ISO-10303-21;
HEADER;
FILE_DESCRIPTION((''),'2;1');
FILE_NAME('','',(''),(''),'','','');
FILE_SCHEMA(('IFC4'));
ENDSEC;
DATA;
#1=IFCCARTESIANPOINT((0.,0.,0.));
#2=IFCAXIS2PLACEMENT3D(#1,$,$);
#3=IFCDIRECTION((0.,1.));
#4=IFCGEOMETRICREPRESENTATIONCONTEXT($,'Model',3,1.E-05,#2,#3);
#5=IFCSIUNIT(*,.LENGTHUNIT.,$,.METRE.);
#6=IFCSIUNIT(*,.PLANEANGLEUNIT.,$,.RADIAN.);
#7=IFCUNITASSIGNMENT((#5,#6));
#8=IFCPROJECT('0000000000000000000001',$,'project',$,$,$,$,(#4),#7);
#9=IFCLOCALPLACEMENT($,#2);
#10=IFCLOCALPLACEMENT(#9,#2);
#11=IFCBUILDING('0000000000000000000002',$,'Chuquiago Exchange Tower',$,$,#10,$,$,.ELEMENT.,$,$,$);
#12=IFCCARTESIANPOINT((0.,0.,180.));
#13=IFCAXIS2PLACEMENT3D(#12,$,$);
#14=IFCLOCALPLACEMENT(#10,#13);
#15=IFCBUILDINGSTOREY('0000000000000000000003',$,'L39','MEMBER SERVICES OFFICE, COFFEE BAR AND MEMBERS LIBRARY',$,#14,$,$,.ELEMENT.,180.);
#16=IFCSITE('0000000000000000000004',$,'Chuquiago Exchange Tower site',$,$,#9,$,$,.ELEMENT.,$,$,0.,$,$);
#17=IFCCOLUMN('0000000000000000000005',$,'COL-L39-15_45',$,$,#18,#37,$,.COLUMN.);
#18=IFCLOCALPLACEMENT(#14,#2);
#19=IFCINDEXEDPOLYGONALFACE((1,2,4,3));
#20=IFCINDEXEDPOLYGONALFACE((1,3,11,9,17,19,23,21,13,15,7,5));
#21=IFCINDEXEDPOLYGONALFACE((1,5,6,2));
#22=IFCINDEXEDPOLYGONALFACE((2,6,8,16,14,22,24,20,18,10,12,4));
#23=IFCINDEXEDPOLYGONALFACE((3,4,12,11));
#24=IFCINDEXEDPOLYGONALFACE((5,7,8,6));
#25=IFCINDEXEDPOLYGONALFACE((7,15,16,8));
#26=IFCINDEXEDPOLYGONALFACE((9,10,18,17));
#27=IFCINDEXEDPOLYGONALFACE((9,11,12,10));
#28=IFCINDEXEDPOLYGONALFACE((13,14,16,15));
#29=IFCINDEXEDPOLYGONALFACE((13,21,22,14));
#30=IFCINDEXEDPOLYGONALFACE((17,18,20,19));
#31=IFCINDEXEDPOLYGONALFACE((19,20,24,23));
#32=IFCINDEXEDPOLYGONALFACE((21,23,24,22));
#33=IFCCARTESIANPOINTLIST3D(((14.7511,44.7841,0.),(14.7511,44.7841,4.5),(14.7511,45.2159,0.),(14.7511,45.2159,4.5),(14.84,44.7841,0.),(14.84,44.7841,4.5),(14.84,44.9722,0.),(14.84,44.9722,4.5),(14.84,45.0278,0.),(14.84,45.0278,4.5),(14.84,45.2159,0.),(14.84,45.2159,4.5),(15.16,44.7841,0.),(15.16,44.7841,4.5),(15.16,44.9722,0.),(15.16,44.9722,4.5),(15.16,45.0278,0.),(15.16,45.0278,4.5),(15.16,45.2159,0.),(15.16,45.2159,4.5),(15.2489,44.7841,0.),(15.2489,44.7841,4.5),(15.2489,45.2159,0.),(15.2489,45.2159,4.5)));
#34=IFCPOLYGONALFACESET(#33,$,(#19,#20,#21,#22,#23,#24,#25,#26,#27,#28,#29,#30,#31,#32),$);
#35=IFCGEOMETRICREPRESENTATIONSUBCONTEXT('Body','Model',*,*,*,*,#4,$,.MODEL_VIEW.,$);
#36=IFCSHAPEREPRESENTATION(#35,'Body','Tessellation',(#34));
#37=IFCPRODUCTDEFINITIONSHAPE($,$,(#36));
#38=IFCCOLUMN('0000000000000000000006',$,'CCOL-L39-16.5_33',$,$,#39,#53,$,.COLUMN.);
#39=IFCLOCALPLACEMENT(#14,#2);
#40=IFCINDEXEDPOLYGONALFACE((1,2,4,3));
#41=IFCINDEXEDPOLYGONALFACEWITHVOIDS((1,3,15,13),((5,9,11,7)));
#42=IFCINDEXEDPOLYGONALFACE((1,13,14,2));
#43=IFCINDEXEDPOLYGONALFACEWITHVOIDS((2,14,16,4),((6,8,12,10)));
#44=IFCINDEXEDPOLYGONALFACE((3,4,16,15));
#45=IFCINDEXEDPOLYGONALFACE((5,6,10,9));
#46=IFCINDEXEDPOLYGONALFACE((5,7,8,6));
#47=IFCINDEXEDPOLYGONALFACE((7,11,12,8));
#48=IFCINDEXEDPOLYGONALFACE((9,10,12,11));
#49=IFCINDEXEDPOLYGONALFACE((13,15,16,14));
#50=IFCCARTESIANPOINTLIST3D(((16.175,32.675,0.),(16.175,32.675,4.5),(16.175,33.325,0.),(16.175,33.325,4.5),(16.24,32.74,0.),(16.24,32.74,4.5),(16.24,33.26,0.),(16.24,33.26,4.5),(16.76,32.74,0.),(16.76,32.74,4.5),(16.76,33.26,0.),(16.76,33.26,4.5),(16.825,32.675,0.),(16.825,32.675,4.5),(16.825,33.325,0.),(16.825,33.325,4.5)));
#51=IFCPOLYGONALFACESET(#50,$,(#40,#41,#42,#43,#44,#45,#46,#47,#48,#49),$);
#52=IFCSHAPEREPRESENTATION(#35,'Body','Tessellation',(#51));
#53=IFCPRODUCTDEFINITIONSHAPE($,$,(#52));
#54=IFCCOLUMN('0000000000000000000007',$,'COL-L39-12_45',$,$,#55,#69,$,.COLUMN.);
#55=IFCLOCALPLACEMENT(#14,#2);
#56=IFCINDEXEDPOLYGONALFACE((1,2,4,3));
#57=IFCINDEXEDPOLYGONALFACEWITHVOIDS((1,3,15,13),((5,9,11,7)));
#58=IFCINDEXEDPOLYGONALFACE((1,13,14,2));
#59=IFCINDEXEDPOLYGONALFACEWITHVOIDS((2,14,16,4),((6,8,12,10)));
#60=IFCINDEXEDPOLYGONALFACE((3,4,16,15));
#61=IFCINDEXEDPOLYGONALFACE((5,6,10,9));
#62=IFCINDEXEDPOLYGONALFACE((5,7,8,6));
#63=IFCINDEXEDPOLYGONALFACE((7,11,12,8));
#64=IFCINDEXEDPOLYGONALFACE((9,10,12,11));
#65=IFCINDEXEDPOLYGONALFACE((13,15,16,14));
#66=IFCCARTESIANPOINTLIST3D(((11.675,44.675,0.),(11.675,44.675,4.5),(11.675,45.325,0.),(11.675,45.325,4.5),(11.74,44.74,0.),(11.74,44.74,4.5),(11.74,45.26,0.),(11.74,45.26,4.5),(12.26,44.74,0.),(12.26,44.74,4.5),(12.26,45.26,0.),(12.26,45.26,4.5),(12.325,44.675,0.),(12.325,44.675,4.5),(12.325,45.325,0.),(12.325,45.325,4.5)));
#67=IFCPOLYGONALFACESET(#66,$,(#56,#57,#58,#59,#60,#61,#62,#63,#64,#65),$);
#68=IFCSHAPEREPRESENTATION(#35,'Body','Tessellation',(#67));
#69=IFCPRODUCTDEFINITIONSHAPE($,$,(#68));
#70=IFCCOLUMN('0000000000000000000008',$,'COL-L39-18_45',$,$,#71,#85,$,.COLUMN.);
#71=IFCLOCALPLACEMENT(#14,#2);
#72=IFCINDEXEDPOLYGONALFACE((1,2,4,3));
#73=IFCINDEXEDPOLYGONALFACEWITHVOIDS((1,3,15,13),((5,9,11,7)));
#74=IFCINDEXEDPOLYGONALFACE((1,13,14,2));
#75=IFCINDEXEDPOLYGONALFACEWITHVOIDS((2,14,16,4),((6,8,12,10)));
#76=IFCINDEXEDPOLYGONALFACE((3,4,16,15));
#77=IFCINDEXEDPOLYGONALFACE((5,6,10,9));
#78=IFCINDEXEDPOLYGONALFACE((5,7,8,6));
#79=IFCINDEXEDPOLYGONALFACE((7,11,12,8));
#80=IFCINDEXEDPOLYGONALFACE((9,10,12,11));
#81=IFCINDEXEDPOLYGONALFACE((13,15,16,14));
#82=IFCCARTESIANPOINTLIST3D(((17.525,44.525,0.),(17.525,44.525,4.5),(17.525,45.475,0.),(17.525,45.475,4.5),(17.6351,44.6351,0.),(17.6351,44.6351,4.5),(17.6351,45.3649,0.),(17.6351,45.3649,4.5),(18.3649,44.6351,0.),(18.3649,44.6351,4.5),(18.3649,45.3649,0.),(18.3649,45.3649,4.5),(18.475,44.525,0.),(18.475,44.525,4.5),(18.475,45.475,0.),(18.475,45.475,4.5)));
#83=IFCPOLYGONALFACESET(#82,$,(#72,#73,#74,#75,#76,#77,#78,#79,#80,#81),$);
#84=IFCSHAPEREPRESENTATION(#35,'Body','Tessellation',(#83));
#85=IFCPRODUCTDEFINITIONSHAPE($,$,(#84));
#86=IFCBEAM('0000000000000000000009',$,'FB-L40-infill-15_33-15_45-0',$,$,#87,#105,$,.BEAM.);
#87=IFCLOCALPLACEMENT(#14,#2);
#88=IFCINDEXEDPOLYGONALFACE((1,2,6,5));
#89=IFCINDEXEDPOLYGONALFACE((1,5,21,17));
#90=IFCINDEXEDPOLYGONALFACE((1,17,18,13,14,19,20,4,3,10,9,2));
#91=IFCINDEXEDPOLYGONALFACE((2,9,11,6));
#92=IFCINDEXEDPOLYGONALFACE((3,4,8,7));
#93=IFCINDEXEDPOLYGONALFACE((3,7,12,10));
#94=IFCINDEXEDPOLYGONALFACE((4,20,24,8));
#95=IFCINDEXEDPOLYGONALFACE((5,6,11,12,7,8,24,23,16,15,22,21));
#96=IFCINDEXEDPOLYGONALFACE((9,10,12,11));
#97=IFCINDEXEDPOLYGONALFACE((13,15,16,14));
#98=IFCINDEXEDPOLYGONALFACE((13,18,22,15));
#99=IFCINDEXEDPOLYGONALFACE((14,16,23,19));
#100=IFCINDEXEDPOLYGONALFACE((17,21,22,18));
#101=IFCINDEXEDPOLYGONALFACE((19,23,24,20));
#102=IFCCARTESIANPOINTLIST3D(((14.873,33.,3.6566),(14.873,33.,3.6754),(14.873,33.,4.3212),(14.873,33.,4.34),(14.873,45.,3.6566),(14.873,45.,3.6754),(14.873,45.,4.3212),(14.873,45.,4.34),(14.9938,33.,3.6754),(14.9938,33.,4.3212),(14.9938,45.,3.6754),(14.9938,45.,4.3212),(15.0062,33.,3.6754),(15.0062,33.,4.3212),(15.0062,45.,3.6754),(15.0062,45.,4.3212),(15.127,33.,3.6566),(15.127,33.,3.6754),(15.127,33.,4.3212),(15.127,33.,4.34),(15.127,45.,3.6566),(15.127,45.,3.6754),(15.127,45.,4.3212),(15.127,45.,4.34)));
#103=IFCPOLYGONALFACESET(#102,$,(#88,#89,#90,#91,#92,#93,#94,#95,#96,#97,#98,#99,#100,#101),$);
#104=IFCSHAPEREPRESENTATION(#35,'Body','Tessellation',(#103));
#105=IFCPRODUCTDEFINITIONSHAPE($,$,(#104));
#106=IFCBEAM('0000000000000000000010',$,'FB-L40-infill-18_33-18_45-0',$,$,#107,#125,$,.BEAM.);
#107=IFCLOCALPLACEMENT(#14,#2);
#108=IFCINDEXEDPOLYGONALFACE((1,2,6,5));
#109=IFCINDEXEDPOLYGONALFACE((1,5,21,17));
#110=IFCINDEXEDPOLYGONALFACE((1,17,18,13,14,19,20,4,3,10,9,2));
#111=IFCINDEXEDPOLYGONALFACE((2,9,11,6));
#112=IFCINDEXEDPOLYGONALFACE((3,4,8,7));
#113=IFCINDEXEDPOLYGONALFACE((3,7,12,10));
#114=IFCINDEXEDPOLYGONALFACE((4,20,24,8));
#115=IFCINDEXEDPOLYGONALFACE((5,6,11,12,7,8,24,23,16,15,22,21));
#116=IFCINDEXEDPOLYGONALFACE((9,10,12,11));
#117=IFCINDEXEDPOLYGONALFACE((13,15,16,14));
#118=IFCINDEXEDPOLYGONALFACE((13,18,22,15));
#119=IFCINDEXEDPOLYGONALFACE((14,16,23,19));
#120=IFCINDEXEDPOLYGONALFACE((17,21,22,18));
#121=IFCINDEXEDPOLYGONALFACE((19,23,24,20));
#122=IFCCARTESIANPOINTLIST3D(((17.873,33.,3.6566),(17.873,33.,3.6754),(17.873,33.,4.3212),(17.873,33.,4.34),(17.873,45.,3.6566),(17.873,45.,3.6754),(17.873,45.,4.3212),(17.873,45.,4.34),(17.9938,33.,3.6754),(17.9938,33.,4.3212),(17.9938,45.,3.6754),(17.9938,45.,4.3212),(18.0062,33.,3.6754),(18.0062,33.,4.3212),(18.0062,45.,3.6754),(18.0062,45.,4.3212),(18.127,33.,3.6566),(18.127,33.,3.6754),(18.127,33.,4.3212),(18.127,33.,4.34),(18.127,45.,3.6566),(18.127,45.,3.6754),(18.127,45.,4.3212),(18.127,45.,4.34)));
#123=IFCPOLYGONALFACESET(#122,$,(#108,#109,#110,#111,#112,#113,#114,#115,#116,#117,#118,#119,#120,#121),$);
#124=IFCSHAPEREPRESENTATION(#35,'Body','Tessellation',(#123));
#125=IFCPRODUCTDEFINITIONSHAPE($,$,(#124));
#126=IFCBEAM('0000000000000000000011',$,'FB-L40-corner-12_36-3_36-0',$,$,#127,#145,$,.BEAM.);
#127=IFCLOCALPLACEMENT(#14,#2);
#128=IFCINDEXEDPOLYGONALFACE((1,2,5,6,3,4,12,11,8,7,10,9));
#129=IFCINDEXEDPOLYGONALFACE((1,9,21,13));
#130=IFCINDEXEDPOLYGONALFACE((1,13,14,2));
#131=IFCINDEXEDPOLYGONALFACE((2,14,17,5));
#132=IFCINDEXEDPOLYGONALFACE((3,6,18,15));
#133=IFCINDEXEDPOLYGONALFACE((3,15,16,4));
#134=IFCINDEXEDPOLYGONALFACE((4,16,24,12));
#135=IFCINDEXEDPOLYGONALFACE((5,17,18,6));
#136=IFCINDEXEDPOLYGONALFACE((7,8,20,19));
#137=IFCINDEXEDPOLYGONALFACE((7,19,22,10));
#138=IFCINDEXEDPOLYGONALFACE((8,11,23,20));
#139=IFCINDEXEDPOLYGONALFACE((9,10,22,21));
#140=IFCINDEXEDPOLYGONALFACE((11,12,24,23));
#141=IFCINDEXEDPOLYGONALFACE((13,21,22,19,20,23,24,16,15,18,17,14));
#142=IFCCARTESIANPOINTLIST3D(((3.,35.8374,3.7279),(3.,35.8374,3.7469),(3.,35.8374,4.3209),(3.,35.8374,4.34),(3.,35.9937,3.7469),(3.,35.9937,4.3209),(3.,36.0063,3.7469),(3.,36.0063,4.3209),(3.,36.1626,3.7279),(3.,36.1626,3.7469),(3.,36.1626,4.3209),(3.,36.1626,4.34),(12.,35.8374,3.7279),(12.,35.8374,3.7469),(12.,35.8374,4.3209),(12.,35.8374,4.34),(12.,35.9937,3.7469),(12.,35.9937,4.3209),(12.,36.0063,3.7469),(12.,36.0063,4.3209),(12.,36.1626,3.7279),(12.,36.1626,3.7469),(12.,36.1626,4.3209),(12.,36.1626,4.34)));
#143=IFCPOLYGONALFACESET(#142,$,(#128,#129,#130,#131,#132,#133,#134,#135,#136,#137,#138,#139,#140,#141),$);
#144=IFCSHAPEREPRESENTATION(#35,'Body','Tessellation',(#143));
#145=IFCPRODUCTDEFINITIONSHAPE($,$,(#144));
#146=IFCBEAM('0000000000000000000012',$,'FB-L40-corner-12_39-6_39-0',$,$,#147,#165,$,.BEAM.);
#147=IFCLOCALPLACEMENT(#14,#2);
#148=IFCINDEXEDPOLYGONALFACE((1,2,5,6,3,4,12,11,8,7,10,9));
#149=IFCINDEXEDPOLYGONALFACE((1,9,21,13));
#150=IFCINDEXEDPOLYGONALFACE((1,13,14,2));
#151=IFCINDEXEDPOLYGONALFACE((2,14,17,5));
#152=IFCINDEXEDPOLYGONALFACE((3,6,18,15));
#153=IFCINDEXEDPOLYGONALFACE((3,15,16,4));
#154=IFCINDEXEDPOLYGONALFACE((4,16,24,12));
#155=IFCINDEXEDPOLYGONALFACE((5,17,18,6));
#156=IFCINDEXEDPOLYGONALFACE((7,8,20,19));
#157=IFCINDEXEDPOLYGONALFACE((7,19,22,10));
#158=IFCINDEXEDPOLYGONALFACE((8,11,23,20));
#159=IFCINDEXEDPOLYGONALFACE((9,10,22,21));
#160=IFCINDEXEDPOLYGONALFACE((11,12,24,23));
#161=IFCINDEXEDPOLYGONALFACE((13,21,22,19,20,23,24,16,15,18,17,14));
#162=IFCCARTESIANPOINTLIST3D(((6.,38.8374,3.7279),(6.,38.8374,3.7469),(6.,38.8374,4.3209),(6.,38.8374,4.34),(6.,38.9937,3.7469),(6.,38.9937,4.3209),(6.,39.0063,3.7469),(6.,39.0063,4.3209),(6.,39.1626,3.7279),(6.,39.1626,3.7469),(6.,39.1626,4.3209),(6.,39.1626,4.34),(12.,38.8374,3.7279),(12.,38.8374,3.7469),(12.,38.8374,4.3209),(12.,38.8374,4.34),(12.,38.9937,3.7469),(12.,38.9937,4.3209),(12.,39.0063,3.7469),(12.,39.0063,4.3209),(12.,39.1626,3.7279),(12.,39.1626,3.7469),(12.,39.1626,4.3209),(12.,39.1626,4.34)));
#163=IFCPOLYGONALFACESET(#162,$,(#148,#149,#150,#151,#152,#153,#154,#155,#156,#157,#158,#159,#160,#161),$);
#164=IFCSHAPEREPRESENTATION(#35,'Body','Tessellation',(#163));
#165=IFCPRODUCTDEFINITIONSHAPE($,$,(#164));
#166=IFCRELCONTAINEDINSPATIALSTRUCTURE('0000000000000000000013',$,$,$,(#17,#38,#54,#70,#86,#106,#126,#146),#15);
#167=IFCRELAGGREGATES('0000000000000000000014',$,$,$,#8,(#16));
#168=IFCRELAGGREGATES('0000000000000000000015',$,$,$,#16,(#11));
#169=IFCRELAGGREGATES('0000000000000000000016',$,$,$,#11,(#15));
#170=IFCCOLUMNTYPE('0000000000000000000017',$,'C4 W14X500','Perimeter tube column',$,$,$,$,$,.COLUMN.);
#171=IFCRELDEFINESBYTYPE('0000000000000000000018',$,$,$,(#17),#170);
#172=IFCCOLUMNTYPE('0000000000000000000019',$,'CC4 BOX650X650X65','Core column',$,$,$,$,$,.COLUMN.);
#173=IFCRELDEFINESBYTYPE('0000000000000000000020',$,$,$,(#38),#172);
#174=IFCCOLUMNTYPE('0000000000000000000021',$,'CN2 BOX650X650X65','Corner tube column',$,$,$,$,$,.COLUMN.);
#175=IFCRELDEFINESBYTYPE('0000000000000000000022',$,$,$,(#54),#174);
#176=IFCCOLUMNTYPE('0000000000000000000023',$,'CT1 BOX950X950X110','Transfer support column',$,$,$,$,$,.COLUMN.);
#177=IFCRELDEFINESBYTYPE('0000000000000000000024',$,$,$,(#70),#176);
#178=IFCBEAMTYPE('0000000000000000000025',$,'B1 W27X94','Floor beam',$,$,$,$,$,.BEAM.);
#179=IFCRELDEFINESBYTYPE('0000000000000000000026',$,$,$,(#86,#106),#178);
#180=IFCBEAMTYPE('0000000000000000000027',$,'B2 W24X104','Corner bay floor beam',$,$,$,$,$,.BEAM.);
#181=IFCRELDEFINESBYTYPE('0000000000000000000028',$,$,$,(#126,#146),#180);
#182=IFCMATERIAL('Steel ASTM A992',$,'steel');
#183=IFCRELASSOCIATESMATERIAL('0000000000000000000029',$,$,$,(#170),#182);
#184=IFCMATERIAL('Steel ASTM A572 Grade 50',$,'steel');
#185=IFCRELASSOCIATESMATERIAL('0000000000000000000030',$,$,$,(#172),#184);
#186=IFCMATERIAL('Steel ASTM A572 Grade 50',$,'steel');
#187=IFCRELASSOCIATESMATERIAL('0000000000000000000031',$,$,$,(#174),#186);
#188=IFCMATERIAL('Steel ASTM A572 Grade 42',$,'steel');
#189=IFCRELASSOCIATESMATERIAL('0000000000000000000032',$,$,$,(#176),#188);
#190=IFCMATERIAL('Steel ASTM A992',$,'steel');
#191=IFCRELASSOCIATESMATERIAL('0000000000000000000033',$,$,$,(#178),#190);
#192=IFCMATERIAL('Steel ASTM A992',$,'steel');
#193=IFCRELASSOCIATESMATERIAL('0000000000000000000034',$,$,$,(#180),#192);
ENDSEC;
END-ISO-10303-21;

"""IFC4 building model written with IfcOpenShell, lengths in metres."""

from ifc_helpers import new_model, si_unit, direction, frame, origin, origin_2d, place, context, subcontext, project, spatial, hollow_rectangle, i_section, extrude, material, material_profile, profile_set, type_object, element, save


model = new_model("IFC4")

# Units and contexts
model_context = context("Model", 3, precision=1e-05, world=origin(), true_north=direction((0.0, 1.0)))
body_context = subcontext(model_context, "Body", "Model", "MODEL_VIEW")
ifc_project = project(units=[si_unit("LENGTHUNIT", "METRE"), si_unit("PLANEANGLEUNIT", "RADIAN")], contexts=[model_context])

# Site, building, storey
site_placement = place(None, origin())
site = spatial("IfcSite", under=ifc_project, at=site_placement, Name="Chuquiago Exchange Tower site", CompositionType="ELEMENT", RefElevation=0.0)
building_placement = place(site_placement, origin())
building = spatial("IfcBuilding", under=site, at=building_placement, Name="Chuquiago Exchange Tower", CompositionType="ELEMENT")
storey_placement = place(building_placement, frame((0.0, 0.0, 180.0)))
storey = spatial("IfcBuildingStorey", under=building, at=storey_placement, Name="L39", Description="MEMBER SERVICES OFFICE, COFFEE BAR AND MEMBERS LIBRARY", CompositionType="ELEMENT", Elevation=180.0)

# Columns
ifc_material_1 = material(Name="Steel ASTM A992", Category="steel")
ifc_material_profile_1 = material_profile(ifc_material_1, i_section(OverallWidth=0.4319, OverallDepth=0.4978, WebThickness=0.0557, FlangeThickness=0.0889, at=origin_2d()), Name="W14X500")
ifc_profile_set_1 = profile_set([ifc_material_profile_1], Name="Steel ASTM A992")
column_type_1 = type_object("IfcColumnType", Name="C4 W14X500", Description="Perimeter tube column", PredefinedType="COLUMN", material=ifc_profile_set_1)
column_1_placement = place(storey_placement, frame((15.0, 45.0, 0.0), z_axis=(0.0, 0.0, 1.0), x_axis=(0.0, 1.0, 0.0)))
element("IfcColumn", 1, at=column_1_placement, inside=storey, type_object=column_type_1, Name="COL-L39-15_45", PredefinedType="COLUMN", context=body_context, shape_type="SweptSolid", body=[
    extrude(i_section(OverallWidth=0.4319, OverallDepth=0.4978, WebThickness=0.0557, FlangeThickness=0.0889, at=origin_2d()), origin(), (0.0, 0.0, 1.0), 4.5),
])
ifc_material_2 = material(Name="Steel ASTM A572 Grade 50", Category="steel")
ifc_material_profile_2 = material_profile(ifc_material_2, hollow_rectangle(XDim=0.6499, YDim=0.6499, WallThickness=0.0649, at=origin_2d()), Name="BOX650X650X65")
ifc_profile_set_2 = profile_set([ifc_material_profile_2], Name="Steel ASTM A572 Grade 50")
column_type_2 = type_object("IfcColumnType", Name="CC4 BOX650X650X65", Description="Core column", PredefinedType="COLUMN", material=ifc_profile_set_2)
column_2_placement = place(storey_placement, frame((16.5, 33.0, 0.0), z_axis=(0.0, 0.0, 1.0), x_axis=(1.0, 0.0, 0.0)))
element("IfcColumn", 2, at=column_2_placement, inside=storey, type_object=column_type_2, Name="CCOL-L39-16.5_33", PredefinedType="COLUMN", context=body_context, shape_type="SweptSolid", body=[
    extrude(hollow_rectangle(XDim=0.6499, YDim=0.6499, WallThickness=0.0649, at=origin_2d()), origin(), (0.0, 0.0, 1.0), 4.5),
])
ifc_material_3 = material(Name="Steel ASTM A572 Grade 50", Category="steel")
ifc_material_profile_3 = material_profile(ifc_material_3, hollow_rectangle(XDim=0.6499, YDim=0.6499, WallThickness=0.0649, at=origin_2d()), Name="BOX650X650X65")
ifc_profile_set_3 = profile_set([ifc_material_profile_3], Name="Steel ASTM A572 Grade 50")
column_type_3 = type_object("IfcColumnType", Name="CN2 BOX650X650X65", Description="Corner tube column", PredefinedType="COLUMN", material=ifc_profile_set_3)
column_3_placement = place(storey_placement, frame((12.0, 45.0, 0.0), z_axis=(0.0, 0.0, 1.0), x_axis=(0.0, 1.0, 0.0)))
element("IfcColumn", 3, at=column_3_placement, inside=storey, type_object=column_type_3, Name="COL-L39-12_45", PredefinedType="COLUMN", context=body_context, shape_type="SweptSolid", body=[
    extrude(hollow_rectangle(XDim=0.6499, YDim=0.6499, WallThickness=0.0649, at=origin_2d()), origin(), (0.0, 0.0, 1.0), 4.5),
])
ifc_material_4 = material(Name="Steel ASTM A572 Grade 42", Category="steel")
ifc_material_profile_4 = material_profile(ifc_material_4, hollow_rectangle(XDim=0.95, YDim=0.95, WallThickness=0.1101, at=origin_2d()), Name="BOX950X950X110")
ifc_profile_set_4 = profile_set([ifc_material_profile_4], Name="Steel ASTM A572 Grade 42")
column_type_4 = type_object("IfcColumnType", Name="CT1 BOX950X950X110", Description="Transfer support column", PredefinedType="COLUMN", material=ifc_profile_set_4)
column_4_placement = place(storey_placement, frame((18.0, 45.0, 0.0), z_axis=(0.0, 0.0, 1.0), x_axis=(0.0, 1.0, 0.0)))
element("IfcColumn", 4, at=column_4_placement, inside=storey, type_object=column_type_4, Name="COL-L39-18_45", PredefinedType="COLUMN", context=body_context, shape_type="SweptSolid", body=[
    extrude(hollow_rectangle(XDim=0.95, YDim=0.95, WallThickness=0.1101, at=origin_2d()), origin(), (0.0, 0.0, 1.0), 4.5),
])

# Beams
ifc_material_5 = material(Name="Steel ASTM A992", Category="steel")
ifc_material_profile_5 = material_profile(ifc_material_5, i_section(OverallWidth=0.2539, OverallDepth=0.6833, WebThickness=0.0125, FlangeThickness=0.0188, at=origin_2d()), Name="W27X94")
ifc_profile_set_5 = profile_set([ifc_material_profile_5], Name="Steel ASTM A992")
beam_type_1 = type_object("IfcBeamType", Name="B1 W27X94", Description="Floor beam", PredefinedType="BEAM", material=ifc_profile_set_5)
for number, where, z_axis, x_axis, name in (
    (5, (15.0, 33.0, 3.9983), (0.0, 1.0, 0.0), (-1.0, 0.0, 0.0), "FB-L40-infill-15_33-15_45-0"),
    (6, (18.0, 33.0, 3.9983), (0.0, 1.0, 0.0), (-1.0, 0.0, 0.0), "FB-L40-infill-18_33-18_45-0"),
):
    element("IfcBeam", number, at=place(storey_placement, frame(where, z_axis=z_axis, x_axis=x_axis)), inside=storey, type_object=beam_type_1, Name=name, PredefinedType="BEAM", context=body_context, shape_type="SweptSolid", body=[
        extrude(i_section(OverallWidth=0.2539, OverallDepth=0.6833, WebThickness=0.0125, FlangeThickness=0.0188, at=origin_2d()), origin(), (0.0, 0.0, 1.0), 12.0),
    ])
ifc_material_6 = material(Name="Steel ASTM A992", Category="steel")
ifc_material_profile_6 = material_profile(ifc_material_6, i_section(OverallWidth=0.3252, OverallDepth=0.6121, WebThickness=0.0127, FlangeThickness=0.019, at=origin_2d()), Name="W24X104")
ifc_profile_set_6 = profile_set([ifc_material_profile_6], Name="Steel ASTM A992")
beam_type_2 = type_object("IfcBeamType", Name="B2 W24X104", Description="Corner bay floor beam", PredefinedType="BEAM", material=ifc_profile_set_6)
beam_1_placement = place(storey_placement, frame((12.0, 36.0, 4.0339), z_axis=(-1.0, 0.0, 0.0), x_axis=(0.0, -1.0, 0.0)))
element("IfcBeam", 7, at=beam_1_placement, inside=storey, type_object=beam_type_2, Name="FB-L40-corner-12_36-3_36-0", PredefinedType="BEAM", context=body_context, shape_type="SweptSolid", body=[
    extrude(i_section(OverallWidth=0.3252, OverallDepth=0.6121, WebThickness=0.0127, FlangeThickness=0.019, at=origin_2d()), origin(), (0.0, 0.0, 1.0), 9.0),
])
beam_2_placement = place(storey_placement, frame((12.0, 39.0, 4.0339), z_axis=(-1.0, 0.0, 0.0), x_axis=(0.0, -1.0, 0.0)))
element("IfcBeam", 8, at=beam_2_placement, inside=storey, type_object=beam_type_2, Name="FB-L40-corner-12_39-6_39-0", PredefinedType="BEAM", context=body_context, shape_type="SweptSolid", body=[
    extrude(i_section(OverallWidth=0.3252, OverallDepth=0.6121, WebThickness=0.0127, FlangeThickness=0.019, at=origin_2d()), origin(), (0.0, 0.0, 1.0), 6.0),
])

save(model, "model.ifc")
